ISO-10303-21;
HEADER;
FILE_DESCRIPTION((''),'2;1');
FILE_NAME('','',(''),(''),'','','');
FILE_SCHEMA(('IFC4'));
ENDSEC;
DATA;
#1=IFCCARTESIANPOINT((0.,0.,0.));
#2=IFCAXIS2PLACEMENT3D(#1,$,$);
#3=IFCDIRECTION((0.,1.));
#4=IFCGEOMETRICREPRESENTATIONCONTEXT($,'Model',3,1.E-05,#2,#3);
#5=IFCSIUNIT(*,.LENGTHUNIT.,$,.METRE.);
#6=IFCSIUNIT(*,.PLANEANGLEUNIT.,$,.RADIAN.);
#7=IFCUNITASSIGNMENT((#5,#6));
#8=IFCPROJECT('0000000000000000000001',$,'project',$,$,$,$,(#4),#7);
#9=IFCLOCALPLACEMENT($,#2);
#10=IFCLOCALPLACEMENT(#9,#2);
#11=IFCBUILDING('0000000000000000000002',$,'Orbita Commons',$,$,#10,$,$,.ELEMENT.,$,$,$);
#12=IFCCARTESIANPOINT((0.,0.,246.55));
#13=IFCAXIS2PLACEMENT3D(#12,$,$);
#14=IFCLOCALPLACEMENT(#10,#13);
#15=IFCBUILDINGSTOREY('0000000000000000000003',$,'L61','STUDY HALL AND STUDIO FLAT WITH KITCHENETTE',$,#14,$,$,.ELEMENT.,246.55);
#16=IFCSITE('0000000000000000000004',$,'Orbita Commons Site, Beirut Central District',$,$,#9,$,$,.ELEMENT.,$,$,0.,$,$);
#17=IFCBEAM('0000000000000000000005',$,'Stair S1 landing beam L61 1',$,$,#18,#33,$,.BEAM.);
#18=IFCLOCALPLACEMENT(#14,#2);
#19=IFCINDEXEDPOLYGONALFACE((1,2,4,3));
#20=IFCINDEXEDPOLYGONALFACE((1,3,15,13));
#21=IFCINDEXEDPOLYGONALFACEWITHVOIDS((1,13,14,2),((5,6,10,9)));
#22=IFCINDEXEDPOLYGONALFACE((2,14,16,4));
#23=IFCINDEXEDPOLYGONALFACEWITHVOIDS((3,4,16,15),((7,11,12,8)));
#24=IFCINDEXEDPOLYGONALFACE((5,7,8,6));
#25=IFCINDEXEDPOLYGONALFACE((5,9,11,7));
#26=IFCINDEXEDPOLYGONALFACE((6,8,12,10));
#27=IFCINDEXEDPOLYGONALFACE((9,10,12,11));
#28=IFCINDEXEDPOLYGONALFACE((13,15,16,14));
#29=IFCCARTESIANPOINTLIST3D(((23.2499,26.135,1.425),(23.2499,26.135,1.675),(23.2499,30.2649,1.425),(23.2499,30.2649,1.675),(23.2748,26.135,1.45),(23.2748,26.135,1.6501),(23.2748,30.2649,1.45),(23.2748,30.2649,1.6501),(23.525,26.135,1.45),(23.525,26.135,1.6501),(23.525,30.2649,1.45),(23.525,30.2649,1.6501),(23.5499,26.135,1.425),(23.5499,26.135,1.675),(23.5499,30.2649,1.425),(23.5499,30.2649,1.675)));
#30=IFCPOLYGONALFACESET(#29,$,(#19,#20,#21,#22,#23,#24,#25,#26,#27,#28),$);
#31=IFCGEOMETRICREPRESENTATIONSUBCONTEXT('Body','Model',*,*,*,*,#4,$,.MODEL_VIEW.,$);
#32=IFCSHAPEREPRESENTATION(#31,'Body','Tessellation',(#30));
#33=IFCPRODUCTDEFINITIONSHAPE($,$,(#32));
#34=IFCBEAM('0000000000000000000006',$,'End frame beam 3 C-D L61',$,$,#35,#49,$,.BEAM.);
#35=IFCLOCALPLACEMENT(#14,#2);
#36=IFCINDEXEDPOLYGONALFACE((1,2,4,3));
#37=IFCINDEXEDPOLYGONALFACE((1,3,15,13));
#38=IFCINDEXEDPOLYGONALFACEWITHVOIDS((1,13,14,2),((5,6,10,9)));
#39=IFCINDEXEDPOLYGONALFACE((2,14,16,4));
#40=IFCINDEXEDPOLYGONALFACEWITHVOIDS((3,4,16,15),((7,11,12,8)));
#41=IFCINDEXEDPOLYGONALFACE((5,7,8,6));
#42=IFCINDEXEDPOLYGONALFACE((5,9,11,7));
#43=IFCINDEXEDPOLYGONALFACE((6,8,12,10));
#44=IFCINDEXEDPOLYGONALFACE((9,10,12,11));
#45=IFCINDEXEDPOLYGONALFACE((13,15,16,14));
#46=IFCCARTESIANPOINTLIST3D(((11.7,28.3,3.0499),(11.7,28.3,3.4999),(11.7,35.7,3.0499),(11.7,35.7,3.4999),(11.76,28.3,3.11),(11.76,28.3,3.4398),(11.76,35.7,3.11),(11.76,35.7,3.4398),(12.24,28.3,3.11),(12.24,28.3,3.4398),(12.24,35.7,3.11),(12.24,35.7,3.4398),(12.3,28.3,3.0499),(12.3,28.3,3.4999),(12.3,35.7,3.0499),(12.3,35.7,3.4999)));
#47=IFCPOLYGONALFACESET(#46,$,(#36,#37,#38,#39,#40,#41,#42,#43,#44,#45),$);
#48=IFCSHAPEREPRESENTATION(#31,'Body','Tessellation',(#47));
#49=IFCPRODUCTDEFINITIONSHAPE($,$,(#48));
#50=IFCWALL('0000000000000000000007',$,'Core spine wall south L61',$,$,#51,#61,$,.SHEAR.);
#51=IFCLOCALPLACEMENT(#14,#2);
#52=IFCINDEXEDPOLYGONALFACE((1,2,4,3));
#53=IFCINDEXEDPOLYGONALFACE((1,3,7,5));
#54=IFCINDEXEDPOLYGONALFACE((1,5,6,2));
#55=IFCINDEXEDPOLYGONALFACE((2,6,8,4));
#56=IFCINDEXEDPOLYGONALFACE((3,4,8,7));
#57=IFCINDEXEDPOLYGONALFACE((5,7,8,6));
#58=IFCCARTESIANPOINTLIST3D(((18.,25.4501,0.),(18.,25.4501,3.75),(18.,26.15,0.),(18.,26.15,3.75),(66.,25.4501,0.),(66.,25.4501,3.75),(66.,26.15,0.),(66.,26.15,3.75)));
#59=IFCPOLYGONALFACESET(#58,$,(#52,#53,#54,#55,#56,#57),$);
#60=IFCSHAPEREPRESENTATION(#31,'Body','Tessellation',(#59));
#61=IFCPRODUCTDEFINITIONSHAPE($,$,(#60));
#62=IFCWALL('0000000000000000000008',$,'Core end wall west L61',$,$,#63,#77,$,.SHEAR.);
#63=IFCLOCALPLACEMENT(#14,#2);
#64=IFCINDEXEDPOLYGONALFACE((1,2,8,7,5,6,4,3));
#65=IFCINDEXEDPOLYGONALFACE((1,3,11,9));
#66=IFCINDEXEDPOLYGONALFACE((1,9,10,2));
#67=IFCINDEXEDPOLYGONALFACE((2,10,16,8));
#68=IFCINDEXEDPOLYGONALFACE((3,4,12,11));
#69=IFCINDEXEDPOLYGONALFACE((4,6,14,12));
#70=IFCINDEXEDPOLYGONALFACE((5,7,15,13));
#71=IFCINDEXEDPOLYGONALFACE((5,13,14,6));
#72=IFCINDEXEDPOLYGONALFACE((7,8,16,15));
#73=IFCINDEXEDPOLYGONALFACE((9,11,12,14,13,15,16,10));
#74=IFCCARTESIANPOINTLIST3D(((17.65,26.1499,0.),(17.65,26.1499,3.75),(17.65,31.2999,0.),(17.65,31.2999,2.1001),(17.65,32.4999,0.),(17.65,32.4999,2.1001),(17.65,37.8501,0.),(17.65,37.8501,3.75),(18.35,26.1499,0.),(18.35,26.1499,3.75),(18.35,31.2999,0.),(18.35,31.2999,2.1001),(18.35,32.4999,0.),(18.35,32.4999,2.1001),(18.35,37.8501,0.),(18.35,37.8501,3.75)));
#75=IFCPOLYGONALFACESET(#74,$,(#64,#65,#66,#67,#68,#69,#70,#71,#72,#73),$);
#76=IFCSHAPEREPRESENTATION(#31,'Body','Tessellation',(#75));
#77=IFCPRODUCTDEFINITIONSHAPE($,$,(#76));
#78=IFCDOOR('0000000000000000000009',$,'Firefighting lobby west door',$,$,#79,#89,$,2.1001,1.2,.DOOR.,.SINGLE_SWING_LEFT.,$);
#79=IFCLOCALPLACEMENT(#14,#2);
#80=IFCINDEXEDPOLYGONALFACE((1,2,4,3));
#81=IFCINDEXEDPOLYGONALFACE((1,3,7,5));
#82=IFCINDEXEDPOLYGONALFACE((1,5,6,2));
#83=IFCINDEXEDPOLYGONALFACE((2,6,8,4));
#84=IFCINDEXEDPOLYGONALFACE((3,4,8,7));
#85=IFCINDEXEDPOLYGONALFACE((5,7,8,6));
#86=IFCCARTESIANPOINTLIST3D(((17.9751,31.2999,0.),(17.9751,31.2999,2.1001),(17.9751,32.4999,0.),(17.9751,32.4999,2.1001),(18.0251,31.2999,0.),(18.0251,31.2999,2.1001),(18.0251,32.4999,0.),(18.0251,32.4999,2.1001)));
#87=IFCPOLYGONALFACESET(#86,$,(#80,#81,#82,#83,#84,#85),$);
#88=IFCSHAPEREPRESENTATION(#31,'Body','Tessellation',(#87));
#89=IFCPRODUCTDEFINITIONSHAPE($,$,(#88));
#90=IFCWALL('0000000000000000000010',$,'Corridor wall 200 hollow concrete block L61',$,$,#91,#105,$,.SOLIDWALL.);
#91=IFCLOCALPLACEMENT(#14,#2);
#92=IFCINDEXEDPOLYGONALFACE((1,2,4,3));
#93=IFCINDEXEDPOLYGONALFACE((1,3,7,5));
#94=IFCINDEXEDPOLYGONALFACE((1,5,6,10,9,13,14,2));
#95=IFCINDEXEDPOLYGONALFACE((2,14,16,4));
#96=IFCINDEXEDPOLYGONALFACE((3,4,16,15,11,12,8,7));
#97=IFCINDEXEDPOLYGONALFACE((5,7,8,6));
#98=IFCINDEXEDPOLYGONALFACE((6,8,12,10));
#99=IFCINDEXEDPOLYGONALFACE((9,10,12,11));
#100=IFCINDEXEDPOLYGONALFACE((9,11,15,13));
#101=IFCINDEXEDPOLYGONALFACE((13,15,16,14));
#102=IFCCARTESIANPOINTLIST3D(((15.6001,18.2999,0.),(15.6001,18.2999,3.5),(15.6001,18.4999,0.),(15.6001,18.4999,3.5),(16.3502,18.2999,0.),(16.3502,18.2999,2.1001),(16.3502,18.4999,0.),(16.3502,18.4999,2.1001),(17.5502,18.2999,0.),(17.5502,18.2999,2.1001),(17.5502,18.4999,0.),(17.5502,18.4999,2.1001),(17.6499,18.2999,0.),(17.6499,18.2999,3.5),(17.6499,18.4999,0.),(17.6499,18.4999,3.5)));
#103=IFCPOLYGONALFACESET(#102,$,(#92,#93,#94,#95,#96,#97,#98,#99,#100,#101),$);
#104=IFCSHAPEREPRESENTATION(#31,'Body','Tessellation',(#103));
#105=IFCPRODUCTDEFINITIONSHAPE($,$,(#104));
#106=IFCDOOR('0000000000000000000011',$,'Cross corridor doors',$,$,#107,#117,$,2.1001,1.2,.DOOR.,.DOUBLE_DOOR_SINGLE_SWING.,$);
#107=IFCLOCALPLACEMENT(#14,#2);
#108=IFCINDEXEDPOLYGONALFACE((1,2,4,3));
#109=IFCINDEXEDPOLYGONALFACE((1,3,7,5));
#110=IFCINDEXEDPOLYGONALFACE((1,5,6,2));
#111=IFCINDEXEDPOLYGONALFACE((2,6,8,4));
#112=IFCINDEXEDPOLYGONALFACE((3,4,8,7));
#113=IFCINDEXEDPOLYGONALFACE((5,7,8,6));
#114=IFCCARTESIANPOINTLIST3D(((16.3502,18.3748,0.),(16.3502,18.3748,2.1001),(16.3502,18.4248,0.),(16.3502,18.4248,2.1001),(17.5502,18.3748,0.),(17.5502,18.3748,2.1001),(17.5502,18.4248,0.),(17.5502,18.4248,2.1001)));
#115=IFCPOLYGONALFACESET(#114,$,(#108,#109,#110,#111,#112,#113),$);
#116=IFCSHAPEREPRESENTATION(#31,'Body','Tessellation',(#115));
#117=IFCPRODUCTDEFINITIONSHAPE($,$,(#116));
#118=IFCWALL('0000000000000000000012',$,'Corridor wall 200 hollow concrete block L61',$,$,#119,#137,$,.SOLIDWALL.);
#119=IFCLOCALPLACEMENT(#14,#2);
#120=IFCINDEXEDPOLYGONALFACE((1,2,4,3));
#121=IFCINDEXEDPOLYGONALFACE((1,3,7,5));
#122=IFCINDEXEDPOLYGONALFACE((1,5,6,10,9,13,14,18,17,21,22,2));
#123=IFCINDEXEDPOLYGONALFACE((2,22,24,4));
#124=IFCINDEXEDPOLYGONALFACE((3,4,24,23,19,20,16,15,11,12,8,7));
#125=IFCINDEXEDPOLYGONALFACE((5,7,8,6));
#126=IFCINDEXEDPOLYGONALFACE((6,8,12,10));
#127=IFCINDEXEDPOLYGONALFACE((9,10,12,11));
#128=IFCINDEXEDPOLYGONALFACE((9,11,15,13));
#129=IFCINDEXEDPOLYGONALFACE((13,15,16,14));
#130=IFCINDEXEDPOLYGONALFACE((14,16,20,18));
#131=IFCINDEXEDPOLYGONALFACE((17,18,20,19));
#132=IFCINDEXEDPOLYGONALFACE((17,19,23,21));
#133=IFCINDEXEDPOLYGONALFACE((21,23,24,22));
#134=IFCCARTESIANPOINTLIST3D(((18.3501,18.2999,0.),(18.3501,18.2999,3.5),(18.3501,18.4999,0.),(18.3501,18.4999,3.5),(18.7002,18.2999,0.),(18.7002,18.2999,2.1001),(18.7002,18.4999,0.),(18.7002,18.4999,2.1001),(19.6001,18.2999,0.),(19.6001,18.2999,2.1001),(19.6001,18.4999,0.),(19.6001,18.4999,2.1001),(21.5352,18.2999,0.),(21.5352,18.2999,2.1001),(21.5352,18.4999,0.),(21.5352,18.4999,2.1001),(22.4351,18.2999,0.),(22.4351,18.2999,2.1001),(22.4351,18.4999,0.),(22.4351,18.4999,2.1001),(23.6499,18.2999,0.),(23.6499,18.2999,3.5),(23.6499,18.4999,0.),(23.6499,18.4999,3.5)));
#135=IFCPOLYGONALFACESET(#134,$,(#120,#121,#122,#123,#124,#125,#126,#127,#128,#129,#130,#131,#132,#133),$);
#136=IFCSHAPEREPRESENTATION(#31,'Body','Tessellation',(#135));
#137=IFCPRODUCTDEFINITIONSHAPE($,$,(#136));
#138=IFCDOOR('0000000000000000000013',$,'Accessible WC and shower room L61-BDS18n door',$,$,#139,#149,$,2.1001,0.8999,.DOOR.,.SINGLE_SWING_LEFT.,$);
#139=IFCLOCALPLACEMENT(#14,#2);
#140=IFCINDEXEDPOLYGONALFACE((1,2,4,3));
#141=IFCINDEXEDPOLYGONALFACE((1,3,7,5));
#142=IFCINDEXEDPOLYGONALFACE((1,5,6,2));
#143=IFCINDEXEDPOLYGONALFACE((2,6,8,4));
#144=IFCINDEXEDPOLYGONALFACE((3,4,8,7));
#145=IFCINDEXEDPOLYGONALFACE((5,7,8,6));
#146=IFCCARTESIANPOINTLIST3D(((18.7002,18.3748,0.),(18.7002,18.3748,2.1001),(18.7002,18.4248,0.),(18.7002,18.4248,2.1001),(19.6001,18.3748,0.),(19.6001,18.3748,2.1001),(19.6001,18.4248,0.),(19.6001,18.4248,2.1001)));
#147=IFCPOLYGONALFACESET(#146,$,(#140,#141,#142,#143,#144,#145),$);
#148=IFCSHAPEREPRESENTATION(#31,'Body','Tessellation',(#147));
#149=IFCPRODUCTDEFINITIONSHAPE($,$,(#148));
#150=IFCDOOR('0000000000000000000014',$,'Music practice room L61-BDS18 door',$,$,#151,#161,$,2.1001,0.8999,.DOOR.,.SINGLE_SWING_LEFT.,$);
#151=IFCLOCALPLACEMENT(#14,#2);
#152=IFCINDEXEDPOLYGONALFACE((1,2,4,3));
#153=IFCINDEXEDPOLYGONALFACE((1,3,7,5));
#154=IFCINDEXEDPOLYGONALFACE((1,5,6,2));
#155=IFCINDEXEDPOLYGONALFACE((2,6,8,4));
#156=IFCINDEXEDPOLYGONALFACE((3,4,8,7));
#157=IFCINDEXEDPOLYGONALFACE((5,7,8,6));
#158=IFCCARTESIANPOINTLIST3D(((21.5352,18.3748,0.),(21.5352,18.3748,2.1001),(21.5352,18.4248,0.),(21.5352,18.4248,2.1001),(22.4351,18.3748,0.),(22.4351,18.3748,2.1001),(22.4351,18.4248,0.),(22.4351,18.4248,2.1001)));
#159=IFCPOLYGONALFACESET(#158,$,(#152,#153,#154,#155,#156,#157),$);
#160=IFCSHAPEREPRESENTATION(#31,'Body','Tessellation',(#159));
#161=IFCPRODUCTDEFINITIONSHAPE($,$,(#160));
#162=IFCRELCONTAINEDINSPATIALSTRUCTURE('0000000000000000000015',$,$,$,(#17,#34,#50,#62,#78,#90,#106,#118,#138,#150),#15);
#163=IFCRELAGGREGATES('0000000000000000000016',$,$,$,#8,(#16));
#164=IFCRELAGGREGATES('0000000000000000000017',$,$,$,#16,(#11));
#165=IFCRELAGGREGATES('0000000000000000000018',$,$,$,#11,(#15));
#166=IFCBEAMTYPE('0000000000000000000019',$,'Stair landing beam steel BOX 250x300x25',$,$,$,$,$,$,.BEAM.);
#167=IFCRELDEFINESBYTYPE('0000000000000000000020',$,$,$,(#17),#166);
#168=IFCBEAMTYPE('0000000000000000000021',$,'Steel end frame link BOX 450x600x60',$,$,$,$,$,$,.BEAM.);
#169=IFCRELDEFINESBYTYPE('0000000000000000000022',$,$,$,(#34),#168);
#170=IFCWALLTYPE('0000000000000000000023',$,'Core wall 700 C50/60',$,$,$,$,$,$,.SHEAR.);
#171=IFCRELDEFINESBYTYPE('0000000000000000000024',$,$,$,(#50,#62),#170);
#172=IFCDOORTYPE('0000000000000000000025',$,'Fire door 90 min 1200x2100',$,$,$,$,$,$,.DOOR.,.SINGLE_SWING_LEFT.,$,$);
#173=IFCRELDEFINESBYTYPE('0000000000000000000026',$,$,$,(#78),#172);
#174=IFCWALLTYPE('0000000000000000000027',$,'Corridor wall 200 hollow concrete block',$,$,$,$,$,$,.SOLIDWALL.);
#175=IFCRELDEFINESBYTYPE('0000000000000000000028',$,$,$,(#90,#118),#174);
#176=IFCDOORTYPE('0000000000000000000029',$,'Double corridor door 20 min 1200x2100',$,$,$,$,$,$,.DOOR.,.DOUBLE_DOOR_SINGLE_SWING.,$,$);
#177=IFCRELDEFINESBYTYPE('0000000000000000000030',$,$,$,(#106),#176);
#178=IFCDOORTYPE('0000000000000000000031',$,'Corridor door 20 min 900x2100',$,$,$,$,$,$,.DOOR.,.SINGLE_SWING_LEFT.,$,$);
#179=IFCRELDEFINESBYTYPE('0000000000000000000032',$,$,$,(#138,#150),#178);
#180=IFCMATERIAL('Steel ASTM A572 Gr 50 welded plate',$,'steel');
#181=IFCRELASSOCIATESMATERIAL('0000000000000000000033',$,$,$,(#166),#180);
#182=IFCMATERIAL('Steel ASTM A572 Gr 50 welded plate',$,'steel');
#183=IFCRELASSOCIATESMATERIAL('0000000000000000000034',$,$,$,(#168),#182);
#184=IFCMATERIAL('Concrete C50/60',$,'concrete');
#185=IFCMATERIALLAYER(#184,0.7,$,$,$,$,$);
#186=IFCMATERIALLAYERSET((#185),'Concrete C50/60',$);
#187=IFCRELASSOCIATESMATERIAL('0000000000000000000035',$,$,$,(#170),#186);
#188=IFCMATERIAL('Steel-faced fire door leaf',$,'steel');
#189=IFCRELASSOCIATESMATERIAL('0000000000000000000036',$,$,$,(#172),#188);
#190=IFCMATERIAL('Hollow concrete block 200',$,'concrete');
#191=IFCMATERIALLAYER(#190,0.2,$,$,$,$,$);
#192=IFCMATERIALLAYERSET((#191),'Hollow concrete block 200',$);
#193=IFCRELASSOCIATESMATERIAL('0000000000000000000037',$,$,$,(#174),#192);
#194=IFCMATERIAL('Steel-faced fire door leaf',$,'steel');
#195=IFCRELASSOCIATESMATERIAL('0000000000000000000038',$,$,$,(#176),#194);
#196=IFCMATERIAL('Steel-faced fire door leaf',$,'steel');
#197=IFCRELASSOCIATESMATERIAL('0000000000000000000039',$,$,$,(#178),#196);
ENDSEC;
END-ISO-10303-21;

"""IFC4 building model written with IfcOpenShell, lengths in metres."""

from ifc_helpers import new_model, si_unit, direction, frame, frame_2d, origin, origin_2d, place, context, subcontext, project, spatial, rectangle, hollow_rectangle, extrude, material, layer, layer_set, material_profile, profile_set, type_object, element, fill, save


model = new_model("IFC4")

# Units and contexts
model_context = context("Model", 3, precision=1e-05, world=origin(), true_north=direction((0.0, 1.0)))
body_context = subcontext(model_context, "Body", "Model", "MODEL_VIEW")
ifc_project = project(units=[si_unit("LENGTHUNIT", "METRE"), si_unit("PLANEANGLEUNIT", "RADIAN")], contexts=[model_context])

# Site, building, storey
site_placement = place(None, origin())
site = spatial("IfcSite", under=ifc_project, at=site_placement, Name="Orbita Commons Site, Beirut Central District", CompositionType="ELEMENT", RefElevation=0.0)
building_placement = place(site_placement, origin())
building = spatial("IfcBuilding", under=site, at=building_placement, Name="Orbita Commons", CompositionType="ELEMENT")
storey_placement = place(building_placement, frame((0.0, 0.0, 246.55)))
storey = spatial("IfcBuildingStorey", under=building, at=storey_placement, Name="L61", Description="STUDY HALL AND STUDIO FLAT WITH KITCHENETTE", CompositionType="ELEMENT", Elevation=246.55)

# Beams
ifc_material_1 = material(Name="Steel ASTM A572 Gr 50 welded plate", Category="steel")
ifc_material_profile_1 = material_profile(ifc_material_1, hollow_rectangle(XDim=0.3, YDim=0.25, WallThickness=0.0249, at=origin_2d()), Name="BOX 250x300x25")
ifc_profile_set_1 = profile_set([ifc_material_profile_1], Name="Steel ASTM A572 Gr 50 welded plate")
beam_type_1 = type_object("IfcBeamType", Name="Stair landing beam steel BOX 250x300x25", PredefinedType="BEAM", material=ifc_profile_set_1)
beam_1_placement = place(storey_placement, frame((23.3999, 26.135, 1.55), z_axis=(0.0, 1.0, 0.0), x_axis=(-1.0, 0.0, 0.0)))
element("IfcBeam", 1, at=beam_1_placement, inside=storey, type_object=beam_type_1, Name="Stair S1 landing beam L61 1", PredefinedType="BEAM", context=body_context, shape_type="SweptSolid", body=[
    extrude(hollow_rectangle(XDim=0.3, YDim=0.25, WallThickness=0.0249, at=origin_2d()), origin(), (0.0, 0.0, 1.0), 4.1299),
])
ifc_material_2 = material(Name="Steel ASTM A572 Gr 50 welded plate", Category="steel")
ifc_material_profile_2 = material_profile(ifc_material_2, hollow_rectangle(XDim=0.6001, YDim=0.45, WallThickness=0.0601, at=origin_2d()), Name="BOX 450x600x60")
ifc_profile_set_2 = profile_set([ifc_material_profile_2], Name="Steel ASTM A572 Gr 50 welded plate")
beam_type_2 = type_object("IfcBeamType", Name="Steel end frame link BOX 450x600x60", PredefinedType="BEAM", material=ifc_profile_set_2)
beam_2_placement = place(storey_placement, frame((12.0, 28.3, 3.2749), z_axis=(0.0, 1.0, 0.0), x_axis=(-1.0, 0.0, 0.0)))
element("IfcBeam", 2, at=beam_2_placement, inside=storey, type_object=beam_type_2, Name="End frame beam 3 C-D L61", PredefinedType="BEAM", context=body_context, shape_type="SweptSolid", body=[
    extrude(hollow_rectangle(XDim=0.6001, YDim=0.45, WallThickness=0.0601, at=origin_2d()), origin(), (0.0, 0.0, 1.0), 7.3999),
])

# Wall
ifc_material_3 = material(Name="Concrete C50/60", Category="concrete")
ifc_layer_1 = layer(ifc_material_3, 0.7)
ifc_layer_set_1 = layer_set([ifc_layer_1], Name="Concrete C50/60")
wall_type_1 = type_object("IfcWallType", Name="Core wall 700 C50/60", PredefinedType="SHEAR", material=ifc_layer_set_1)
wall_1_placement = place(storey_placement, frame((18.0, 25.8, 0.0), z_axis=(0.0, 0.0, 1.0), x_axis=(1.0, 0.0, 0.0)))
element("IfcWall", 3, at=wall_1_placement, inside=storey, type_object=wall_type_1, Name="Core spine wall south L61", PredefinedType="SHEAR", context=body_context, shape_type="SweptSolid", body=[
    extrude(rectangle(XDim=48.0, YDim=0.7, at=frame_2d((24.0, 0.0))), origin(), (0.0, 0.0, 1.0), 3.75),
])

# Walls, openings, doors
wall_2_placement = place(storey_placement, frame((18.0, 26.1499, 0.0), z_axis=(0.0, 0.0, 1.0), x_axis=(0.0, 1.0, 0.0)))
wall_2 = element("IfcWall", 4, at=wall_2_placement, inside=storey, type_object=wall_type_1, Name="Core end wall west L61", PredefinedType="SHEAR", context=body_context, shape_type="SweptSolid", body=[
    extrude(rectangle(XDim=11.7002, YDim=0.7, at=frame_2d((5.8501, 0.0))), origin(), (0.0, 0.0, 1.0), 3.75),
])
opening_1_placement = place(wall_2_placement, frame((5.1499, 0.0, 0.0)))
opening_1 = element("IfcOpeningElement", 5, at=opening_1_placement, cuts=wall_2, PredefinedType="OPENING", context=body_context, shape_type="SweptSolid", body=[
    extrude(rectangle(XDim=1.2, YDim=2.1001, at=frame_2d((0.6001, 1.05))), frame((0.0, 0.3599, 0.0), z_axis=(0.0, -1.0, 0.0), x_axis=(1.0, 0.0, 0.0)), (0.0, 0.0, 1.0), 0.72),
])
ifc_material_4 = material(Name="Steel-faced fire door leaf", Category="steel")
door_type_1 = type_object("IfcDoorType", Name="Fire door 90 min 1200x2100", OperationType="SINGLE_SWING_LEFT", PredefinedType="DOOR", material=ifc_material_4)
door_1_placement = place(opening_1_placement, origin())
door_1 = element("IfcDoor", 6, at=door_1_placement, inside=storey, type_object=door_type_1, Name="Firefighting lobby west door", OperationType="SINGLE_SWING_LEFT", OverallHeight=2.1001, OverallWidth=1.2, PredefinedType="DOOR", context=body_context, shape_type="SweptSolid", body=[
    extrude(rectangle(XDim=1.2, YDim=2.1001, at=frame_2d((0.6001, 1.05))), frame((0.0, 0.0249, 0.0), z_axis=(0.0, -1.0, 0.0), x_axis=(1.0, 0.0, 0.0)), (0.0, 0.0, 1.0), 0.05),
])
fill(opening_1, door_1)
ifc_material_5 = material(Name="Hollow concrete block 200", Category="concrete")
ifc_layer_2 = layer(ifc_material_5, 0.2)
ifc_layer_set_2 = layer_set([ifc_layer_2], Name="Hollow concrete block 200")
wall_type_2 = type_object("IfcWallType", Name="Corridor wall 200 hollow concrete block", PredefinedType="SOLIDWALL", material=ifc_layer_set_2)
wall_3_placement = place(storey_placement, frame((15.6001, 18.3999, 0.0), z_axis=(0.0, 0.0, 1.0), x_axis=(1.0, 0.0, 0.0)))
wall_3 = element("IfcWall", 7, at=wall_3_placement, inside=storey, type_object=wall_type_2, Name="Corridor wall 200 hollow concrete block L61", PredefinedType="SOLIDWALL", context=body_context, shape_type="SweptSolid", body=[
    extrude(rectangle(XDim=2.0498, YDim=0.2, at=frame_2d((1.0249, 0.0))), origin(), (0.0, 0.0, 1.0), 3.5),
])
opening_2_placement = place(wall_3_placement, frame((0.75, 0.0, 0.0)))
opening_2 = element("IfcOpeningElement", 8, at=opening_2_placement, cuts=wall_3, PredefinedType="OPENING", context=body_context, shape_type="SweptSolid", body=[
    extrude(rectangle(XDim=1.2, YDim=2.1001, at=frame_2d((0.6001, 1.05))), frame((0.0, 0.1099, 0.0), z_axis=(0.0, -1.0, 0.0), x_axis=(1.0, 0.0, 0.0)), (0.0, 0.0, 1.0), 0.22),
])
ifc_material_6 = material(Name="Steel-faced fire door leaf", Category="steel")
door_type_2 = type_object("IfcDoorType", Name="Double corridor door 20 min 1200x2100", OperationType="DOUBLE_DOOR_SINGLE_SWING", PredefinedType="DOOR", material=ifc_material_6)
door_2_placement = place(opening_2_placement, origin())
door_2 = element("IfcDoor", 9, at=door_2_placement, inside=storey, type_object=door_type_2, Name="Cross corridor doors", OperationType="DOUBLE_DOOR_SINGLE_SWING", OverallHeight=2.1001, OverallWidth=1.2, PredefinedType="DOOR", context=body_context, shape_type="SweptSolid", body=[
    extrude(rectangle(XDim=1.2, YDim=2.1001, at=frame_2d((0.6001, 1.05))), frame((0.0, 0.0249, 0.0), z_axis=(0.0, -1.0, 0.0), x_axis=(1.0, 0.0, 0.0)), (0.0, 0.0, 1.0), 0.05),
])
fill(opening_2, door_2)

# Wall, openings, doors
wall_4_placement = place(storey_placement, frame((18.3501, 18.3999, 0.0), z_axis=(0.0, 0.0, 1.0), x_axis=(1.0, 0.0, 0.0)))
wall_4 = element("IfcWall", 10, at=wall_4_placement, inside=storey, type_object=wall_type_2, Name="Corridor wall 200 hollow concrete block L61", PredefinedType="SOLIDWALL", context=body_context, shape_type="SweptSolid", body=[
    extrude(rectangle(XDim=5.2998, YDim=0.2, at=frame_2d((2.6499, 0.0))), origin(), (0.0, 0.0, 1.0), 3.5),
])
opening_3_placement = place(wall_4_placement, frame((0.3501, 0.0, 0.0)))
opening_3 = element("IfcOpeningElement", 11, at=opening_3_placement, cuts=wall_4, PredefinedType="OPENING", context=body_context, shape_type="SweptSolid", body=[
    extrude(rectangle(XDim=0.8999, YDim=2.1001, at=frame_2d((0.45, 1.05))), frame((0.0, 0.1099, 0.0), z_axis=(0.0, -1.0, 0.0), x_axis=(1.0, 0.0, 0.0)), (0.0, 0.0, 1.0), 0.22),
])
opening_4_placement = place(wall_4_placement, frame((3.1851, 0.0, 0.0)))
opening_4 = element("IfcOpeningElement", 12, at=opening_4_placement, cuts=wall_4, PredefinedType="OPENING", context=body_context, shape_type="SweptSolid", body=[
    extrude(rectangle(XDim=0.8999, YDim=2.1001, at=frame_2d((0.45, 1.05))), frame((0.0, 0.1099, 0.0), z_axis=(0.0, -1.0, 0.0), x_axis=(1.0, 0.0, 0.0)), (0.0, 0.0, 1.0), 0.22),
])
ifc_material_7 = material(Name="Steel-faced fire door leaf", Category="steel")
door_type_3 = type_object("IfcDoorType", Name="Corridor door 20 min 900x2100", OperationType="SINGLE_SWING_LEFT", PredefinedType="DOOR", material=ifc_material_7)
door_3_placement = place(opening_3_placement, origin())
door_3 = element("IfcDoor", 13, at=door_3_placement, inside=storey, type_object=door_type_3, Name="Accessible WC and shower room L61-BDS18n door", OperationType="SINGLE_SWING_LEFT", OverallHeight=2.1001, OverallWidth=0.8999, PredefinedType="DOOR", context=body_context, shape_type="SweptSolid", body=[
    extrude(rectangle(XDim=0.8999, YDim=2.1001, at=frame_2d((0.45, 1.05))), frame((0.0, 0.0249, 0.0), z_axis=(0.0, -1.0, 0.0), x_axis=(1.0, 0.0, 0.0)), (0.0, 0.0, 1.0), 0.05),
])
fill(opening_3, door_3)
door_4_placement = place(opening_4_placement, origin())
door_4 = element("IfcDoor", 14, at=door_4_placement, inside=storey, type_object=door_type_3, Name="Music practice room L61-BDS18 door", OperationType="SINGLE_SWING_LEFT", OverallHeight=2.1001, OverallWidth=0.8999, PredefinedType="DOOR", context=body_context, shape_type="SweptSolid", body=[
    extrude(rectangle(XDim=0.8999, YDim=2.1001, at=frame_2d((0.45, 1.05))), frame((0.0, 0.0249, 0.0), z_axis=(0.0, -1.0, 0.0), x_axis=(1.0, 0.0, 0.0)), (0.0, 0.0, 1.0), 0.05),
])
fill(opening_4, door_4)

save(model, "model.ifc")
